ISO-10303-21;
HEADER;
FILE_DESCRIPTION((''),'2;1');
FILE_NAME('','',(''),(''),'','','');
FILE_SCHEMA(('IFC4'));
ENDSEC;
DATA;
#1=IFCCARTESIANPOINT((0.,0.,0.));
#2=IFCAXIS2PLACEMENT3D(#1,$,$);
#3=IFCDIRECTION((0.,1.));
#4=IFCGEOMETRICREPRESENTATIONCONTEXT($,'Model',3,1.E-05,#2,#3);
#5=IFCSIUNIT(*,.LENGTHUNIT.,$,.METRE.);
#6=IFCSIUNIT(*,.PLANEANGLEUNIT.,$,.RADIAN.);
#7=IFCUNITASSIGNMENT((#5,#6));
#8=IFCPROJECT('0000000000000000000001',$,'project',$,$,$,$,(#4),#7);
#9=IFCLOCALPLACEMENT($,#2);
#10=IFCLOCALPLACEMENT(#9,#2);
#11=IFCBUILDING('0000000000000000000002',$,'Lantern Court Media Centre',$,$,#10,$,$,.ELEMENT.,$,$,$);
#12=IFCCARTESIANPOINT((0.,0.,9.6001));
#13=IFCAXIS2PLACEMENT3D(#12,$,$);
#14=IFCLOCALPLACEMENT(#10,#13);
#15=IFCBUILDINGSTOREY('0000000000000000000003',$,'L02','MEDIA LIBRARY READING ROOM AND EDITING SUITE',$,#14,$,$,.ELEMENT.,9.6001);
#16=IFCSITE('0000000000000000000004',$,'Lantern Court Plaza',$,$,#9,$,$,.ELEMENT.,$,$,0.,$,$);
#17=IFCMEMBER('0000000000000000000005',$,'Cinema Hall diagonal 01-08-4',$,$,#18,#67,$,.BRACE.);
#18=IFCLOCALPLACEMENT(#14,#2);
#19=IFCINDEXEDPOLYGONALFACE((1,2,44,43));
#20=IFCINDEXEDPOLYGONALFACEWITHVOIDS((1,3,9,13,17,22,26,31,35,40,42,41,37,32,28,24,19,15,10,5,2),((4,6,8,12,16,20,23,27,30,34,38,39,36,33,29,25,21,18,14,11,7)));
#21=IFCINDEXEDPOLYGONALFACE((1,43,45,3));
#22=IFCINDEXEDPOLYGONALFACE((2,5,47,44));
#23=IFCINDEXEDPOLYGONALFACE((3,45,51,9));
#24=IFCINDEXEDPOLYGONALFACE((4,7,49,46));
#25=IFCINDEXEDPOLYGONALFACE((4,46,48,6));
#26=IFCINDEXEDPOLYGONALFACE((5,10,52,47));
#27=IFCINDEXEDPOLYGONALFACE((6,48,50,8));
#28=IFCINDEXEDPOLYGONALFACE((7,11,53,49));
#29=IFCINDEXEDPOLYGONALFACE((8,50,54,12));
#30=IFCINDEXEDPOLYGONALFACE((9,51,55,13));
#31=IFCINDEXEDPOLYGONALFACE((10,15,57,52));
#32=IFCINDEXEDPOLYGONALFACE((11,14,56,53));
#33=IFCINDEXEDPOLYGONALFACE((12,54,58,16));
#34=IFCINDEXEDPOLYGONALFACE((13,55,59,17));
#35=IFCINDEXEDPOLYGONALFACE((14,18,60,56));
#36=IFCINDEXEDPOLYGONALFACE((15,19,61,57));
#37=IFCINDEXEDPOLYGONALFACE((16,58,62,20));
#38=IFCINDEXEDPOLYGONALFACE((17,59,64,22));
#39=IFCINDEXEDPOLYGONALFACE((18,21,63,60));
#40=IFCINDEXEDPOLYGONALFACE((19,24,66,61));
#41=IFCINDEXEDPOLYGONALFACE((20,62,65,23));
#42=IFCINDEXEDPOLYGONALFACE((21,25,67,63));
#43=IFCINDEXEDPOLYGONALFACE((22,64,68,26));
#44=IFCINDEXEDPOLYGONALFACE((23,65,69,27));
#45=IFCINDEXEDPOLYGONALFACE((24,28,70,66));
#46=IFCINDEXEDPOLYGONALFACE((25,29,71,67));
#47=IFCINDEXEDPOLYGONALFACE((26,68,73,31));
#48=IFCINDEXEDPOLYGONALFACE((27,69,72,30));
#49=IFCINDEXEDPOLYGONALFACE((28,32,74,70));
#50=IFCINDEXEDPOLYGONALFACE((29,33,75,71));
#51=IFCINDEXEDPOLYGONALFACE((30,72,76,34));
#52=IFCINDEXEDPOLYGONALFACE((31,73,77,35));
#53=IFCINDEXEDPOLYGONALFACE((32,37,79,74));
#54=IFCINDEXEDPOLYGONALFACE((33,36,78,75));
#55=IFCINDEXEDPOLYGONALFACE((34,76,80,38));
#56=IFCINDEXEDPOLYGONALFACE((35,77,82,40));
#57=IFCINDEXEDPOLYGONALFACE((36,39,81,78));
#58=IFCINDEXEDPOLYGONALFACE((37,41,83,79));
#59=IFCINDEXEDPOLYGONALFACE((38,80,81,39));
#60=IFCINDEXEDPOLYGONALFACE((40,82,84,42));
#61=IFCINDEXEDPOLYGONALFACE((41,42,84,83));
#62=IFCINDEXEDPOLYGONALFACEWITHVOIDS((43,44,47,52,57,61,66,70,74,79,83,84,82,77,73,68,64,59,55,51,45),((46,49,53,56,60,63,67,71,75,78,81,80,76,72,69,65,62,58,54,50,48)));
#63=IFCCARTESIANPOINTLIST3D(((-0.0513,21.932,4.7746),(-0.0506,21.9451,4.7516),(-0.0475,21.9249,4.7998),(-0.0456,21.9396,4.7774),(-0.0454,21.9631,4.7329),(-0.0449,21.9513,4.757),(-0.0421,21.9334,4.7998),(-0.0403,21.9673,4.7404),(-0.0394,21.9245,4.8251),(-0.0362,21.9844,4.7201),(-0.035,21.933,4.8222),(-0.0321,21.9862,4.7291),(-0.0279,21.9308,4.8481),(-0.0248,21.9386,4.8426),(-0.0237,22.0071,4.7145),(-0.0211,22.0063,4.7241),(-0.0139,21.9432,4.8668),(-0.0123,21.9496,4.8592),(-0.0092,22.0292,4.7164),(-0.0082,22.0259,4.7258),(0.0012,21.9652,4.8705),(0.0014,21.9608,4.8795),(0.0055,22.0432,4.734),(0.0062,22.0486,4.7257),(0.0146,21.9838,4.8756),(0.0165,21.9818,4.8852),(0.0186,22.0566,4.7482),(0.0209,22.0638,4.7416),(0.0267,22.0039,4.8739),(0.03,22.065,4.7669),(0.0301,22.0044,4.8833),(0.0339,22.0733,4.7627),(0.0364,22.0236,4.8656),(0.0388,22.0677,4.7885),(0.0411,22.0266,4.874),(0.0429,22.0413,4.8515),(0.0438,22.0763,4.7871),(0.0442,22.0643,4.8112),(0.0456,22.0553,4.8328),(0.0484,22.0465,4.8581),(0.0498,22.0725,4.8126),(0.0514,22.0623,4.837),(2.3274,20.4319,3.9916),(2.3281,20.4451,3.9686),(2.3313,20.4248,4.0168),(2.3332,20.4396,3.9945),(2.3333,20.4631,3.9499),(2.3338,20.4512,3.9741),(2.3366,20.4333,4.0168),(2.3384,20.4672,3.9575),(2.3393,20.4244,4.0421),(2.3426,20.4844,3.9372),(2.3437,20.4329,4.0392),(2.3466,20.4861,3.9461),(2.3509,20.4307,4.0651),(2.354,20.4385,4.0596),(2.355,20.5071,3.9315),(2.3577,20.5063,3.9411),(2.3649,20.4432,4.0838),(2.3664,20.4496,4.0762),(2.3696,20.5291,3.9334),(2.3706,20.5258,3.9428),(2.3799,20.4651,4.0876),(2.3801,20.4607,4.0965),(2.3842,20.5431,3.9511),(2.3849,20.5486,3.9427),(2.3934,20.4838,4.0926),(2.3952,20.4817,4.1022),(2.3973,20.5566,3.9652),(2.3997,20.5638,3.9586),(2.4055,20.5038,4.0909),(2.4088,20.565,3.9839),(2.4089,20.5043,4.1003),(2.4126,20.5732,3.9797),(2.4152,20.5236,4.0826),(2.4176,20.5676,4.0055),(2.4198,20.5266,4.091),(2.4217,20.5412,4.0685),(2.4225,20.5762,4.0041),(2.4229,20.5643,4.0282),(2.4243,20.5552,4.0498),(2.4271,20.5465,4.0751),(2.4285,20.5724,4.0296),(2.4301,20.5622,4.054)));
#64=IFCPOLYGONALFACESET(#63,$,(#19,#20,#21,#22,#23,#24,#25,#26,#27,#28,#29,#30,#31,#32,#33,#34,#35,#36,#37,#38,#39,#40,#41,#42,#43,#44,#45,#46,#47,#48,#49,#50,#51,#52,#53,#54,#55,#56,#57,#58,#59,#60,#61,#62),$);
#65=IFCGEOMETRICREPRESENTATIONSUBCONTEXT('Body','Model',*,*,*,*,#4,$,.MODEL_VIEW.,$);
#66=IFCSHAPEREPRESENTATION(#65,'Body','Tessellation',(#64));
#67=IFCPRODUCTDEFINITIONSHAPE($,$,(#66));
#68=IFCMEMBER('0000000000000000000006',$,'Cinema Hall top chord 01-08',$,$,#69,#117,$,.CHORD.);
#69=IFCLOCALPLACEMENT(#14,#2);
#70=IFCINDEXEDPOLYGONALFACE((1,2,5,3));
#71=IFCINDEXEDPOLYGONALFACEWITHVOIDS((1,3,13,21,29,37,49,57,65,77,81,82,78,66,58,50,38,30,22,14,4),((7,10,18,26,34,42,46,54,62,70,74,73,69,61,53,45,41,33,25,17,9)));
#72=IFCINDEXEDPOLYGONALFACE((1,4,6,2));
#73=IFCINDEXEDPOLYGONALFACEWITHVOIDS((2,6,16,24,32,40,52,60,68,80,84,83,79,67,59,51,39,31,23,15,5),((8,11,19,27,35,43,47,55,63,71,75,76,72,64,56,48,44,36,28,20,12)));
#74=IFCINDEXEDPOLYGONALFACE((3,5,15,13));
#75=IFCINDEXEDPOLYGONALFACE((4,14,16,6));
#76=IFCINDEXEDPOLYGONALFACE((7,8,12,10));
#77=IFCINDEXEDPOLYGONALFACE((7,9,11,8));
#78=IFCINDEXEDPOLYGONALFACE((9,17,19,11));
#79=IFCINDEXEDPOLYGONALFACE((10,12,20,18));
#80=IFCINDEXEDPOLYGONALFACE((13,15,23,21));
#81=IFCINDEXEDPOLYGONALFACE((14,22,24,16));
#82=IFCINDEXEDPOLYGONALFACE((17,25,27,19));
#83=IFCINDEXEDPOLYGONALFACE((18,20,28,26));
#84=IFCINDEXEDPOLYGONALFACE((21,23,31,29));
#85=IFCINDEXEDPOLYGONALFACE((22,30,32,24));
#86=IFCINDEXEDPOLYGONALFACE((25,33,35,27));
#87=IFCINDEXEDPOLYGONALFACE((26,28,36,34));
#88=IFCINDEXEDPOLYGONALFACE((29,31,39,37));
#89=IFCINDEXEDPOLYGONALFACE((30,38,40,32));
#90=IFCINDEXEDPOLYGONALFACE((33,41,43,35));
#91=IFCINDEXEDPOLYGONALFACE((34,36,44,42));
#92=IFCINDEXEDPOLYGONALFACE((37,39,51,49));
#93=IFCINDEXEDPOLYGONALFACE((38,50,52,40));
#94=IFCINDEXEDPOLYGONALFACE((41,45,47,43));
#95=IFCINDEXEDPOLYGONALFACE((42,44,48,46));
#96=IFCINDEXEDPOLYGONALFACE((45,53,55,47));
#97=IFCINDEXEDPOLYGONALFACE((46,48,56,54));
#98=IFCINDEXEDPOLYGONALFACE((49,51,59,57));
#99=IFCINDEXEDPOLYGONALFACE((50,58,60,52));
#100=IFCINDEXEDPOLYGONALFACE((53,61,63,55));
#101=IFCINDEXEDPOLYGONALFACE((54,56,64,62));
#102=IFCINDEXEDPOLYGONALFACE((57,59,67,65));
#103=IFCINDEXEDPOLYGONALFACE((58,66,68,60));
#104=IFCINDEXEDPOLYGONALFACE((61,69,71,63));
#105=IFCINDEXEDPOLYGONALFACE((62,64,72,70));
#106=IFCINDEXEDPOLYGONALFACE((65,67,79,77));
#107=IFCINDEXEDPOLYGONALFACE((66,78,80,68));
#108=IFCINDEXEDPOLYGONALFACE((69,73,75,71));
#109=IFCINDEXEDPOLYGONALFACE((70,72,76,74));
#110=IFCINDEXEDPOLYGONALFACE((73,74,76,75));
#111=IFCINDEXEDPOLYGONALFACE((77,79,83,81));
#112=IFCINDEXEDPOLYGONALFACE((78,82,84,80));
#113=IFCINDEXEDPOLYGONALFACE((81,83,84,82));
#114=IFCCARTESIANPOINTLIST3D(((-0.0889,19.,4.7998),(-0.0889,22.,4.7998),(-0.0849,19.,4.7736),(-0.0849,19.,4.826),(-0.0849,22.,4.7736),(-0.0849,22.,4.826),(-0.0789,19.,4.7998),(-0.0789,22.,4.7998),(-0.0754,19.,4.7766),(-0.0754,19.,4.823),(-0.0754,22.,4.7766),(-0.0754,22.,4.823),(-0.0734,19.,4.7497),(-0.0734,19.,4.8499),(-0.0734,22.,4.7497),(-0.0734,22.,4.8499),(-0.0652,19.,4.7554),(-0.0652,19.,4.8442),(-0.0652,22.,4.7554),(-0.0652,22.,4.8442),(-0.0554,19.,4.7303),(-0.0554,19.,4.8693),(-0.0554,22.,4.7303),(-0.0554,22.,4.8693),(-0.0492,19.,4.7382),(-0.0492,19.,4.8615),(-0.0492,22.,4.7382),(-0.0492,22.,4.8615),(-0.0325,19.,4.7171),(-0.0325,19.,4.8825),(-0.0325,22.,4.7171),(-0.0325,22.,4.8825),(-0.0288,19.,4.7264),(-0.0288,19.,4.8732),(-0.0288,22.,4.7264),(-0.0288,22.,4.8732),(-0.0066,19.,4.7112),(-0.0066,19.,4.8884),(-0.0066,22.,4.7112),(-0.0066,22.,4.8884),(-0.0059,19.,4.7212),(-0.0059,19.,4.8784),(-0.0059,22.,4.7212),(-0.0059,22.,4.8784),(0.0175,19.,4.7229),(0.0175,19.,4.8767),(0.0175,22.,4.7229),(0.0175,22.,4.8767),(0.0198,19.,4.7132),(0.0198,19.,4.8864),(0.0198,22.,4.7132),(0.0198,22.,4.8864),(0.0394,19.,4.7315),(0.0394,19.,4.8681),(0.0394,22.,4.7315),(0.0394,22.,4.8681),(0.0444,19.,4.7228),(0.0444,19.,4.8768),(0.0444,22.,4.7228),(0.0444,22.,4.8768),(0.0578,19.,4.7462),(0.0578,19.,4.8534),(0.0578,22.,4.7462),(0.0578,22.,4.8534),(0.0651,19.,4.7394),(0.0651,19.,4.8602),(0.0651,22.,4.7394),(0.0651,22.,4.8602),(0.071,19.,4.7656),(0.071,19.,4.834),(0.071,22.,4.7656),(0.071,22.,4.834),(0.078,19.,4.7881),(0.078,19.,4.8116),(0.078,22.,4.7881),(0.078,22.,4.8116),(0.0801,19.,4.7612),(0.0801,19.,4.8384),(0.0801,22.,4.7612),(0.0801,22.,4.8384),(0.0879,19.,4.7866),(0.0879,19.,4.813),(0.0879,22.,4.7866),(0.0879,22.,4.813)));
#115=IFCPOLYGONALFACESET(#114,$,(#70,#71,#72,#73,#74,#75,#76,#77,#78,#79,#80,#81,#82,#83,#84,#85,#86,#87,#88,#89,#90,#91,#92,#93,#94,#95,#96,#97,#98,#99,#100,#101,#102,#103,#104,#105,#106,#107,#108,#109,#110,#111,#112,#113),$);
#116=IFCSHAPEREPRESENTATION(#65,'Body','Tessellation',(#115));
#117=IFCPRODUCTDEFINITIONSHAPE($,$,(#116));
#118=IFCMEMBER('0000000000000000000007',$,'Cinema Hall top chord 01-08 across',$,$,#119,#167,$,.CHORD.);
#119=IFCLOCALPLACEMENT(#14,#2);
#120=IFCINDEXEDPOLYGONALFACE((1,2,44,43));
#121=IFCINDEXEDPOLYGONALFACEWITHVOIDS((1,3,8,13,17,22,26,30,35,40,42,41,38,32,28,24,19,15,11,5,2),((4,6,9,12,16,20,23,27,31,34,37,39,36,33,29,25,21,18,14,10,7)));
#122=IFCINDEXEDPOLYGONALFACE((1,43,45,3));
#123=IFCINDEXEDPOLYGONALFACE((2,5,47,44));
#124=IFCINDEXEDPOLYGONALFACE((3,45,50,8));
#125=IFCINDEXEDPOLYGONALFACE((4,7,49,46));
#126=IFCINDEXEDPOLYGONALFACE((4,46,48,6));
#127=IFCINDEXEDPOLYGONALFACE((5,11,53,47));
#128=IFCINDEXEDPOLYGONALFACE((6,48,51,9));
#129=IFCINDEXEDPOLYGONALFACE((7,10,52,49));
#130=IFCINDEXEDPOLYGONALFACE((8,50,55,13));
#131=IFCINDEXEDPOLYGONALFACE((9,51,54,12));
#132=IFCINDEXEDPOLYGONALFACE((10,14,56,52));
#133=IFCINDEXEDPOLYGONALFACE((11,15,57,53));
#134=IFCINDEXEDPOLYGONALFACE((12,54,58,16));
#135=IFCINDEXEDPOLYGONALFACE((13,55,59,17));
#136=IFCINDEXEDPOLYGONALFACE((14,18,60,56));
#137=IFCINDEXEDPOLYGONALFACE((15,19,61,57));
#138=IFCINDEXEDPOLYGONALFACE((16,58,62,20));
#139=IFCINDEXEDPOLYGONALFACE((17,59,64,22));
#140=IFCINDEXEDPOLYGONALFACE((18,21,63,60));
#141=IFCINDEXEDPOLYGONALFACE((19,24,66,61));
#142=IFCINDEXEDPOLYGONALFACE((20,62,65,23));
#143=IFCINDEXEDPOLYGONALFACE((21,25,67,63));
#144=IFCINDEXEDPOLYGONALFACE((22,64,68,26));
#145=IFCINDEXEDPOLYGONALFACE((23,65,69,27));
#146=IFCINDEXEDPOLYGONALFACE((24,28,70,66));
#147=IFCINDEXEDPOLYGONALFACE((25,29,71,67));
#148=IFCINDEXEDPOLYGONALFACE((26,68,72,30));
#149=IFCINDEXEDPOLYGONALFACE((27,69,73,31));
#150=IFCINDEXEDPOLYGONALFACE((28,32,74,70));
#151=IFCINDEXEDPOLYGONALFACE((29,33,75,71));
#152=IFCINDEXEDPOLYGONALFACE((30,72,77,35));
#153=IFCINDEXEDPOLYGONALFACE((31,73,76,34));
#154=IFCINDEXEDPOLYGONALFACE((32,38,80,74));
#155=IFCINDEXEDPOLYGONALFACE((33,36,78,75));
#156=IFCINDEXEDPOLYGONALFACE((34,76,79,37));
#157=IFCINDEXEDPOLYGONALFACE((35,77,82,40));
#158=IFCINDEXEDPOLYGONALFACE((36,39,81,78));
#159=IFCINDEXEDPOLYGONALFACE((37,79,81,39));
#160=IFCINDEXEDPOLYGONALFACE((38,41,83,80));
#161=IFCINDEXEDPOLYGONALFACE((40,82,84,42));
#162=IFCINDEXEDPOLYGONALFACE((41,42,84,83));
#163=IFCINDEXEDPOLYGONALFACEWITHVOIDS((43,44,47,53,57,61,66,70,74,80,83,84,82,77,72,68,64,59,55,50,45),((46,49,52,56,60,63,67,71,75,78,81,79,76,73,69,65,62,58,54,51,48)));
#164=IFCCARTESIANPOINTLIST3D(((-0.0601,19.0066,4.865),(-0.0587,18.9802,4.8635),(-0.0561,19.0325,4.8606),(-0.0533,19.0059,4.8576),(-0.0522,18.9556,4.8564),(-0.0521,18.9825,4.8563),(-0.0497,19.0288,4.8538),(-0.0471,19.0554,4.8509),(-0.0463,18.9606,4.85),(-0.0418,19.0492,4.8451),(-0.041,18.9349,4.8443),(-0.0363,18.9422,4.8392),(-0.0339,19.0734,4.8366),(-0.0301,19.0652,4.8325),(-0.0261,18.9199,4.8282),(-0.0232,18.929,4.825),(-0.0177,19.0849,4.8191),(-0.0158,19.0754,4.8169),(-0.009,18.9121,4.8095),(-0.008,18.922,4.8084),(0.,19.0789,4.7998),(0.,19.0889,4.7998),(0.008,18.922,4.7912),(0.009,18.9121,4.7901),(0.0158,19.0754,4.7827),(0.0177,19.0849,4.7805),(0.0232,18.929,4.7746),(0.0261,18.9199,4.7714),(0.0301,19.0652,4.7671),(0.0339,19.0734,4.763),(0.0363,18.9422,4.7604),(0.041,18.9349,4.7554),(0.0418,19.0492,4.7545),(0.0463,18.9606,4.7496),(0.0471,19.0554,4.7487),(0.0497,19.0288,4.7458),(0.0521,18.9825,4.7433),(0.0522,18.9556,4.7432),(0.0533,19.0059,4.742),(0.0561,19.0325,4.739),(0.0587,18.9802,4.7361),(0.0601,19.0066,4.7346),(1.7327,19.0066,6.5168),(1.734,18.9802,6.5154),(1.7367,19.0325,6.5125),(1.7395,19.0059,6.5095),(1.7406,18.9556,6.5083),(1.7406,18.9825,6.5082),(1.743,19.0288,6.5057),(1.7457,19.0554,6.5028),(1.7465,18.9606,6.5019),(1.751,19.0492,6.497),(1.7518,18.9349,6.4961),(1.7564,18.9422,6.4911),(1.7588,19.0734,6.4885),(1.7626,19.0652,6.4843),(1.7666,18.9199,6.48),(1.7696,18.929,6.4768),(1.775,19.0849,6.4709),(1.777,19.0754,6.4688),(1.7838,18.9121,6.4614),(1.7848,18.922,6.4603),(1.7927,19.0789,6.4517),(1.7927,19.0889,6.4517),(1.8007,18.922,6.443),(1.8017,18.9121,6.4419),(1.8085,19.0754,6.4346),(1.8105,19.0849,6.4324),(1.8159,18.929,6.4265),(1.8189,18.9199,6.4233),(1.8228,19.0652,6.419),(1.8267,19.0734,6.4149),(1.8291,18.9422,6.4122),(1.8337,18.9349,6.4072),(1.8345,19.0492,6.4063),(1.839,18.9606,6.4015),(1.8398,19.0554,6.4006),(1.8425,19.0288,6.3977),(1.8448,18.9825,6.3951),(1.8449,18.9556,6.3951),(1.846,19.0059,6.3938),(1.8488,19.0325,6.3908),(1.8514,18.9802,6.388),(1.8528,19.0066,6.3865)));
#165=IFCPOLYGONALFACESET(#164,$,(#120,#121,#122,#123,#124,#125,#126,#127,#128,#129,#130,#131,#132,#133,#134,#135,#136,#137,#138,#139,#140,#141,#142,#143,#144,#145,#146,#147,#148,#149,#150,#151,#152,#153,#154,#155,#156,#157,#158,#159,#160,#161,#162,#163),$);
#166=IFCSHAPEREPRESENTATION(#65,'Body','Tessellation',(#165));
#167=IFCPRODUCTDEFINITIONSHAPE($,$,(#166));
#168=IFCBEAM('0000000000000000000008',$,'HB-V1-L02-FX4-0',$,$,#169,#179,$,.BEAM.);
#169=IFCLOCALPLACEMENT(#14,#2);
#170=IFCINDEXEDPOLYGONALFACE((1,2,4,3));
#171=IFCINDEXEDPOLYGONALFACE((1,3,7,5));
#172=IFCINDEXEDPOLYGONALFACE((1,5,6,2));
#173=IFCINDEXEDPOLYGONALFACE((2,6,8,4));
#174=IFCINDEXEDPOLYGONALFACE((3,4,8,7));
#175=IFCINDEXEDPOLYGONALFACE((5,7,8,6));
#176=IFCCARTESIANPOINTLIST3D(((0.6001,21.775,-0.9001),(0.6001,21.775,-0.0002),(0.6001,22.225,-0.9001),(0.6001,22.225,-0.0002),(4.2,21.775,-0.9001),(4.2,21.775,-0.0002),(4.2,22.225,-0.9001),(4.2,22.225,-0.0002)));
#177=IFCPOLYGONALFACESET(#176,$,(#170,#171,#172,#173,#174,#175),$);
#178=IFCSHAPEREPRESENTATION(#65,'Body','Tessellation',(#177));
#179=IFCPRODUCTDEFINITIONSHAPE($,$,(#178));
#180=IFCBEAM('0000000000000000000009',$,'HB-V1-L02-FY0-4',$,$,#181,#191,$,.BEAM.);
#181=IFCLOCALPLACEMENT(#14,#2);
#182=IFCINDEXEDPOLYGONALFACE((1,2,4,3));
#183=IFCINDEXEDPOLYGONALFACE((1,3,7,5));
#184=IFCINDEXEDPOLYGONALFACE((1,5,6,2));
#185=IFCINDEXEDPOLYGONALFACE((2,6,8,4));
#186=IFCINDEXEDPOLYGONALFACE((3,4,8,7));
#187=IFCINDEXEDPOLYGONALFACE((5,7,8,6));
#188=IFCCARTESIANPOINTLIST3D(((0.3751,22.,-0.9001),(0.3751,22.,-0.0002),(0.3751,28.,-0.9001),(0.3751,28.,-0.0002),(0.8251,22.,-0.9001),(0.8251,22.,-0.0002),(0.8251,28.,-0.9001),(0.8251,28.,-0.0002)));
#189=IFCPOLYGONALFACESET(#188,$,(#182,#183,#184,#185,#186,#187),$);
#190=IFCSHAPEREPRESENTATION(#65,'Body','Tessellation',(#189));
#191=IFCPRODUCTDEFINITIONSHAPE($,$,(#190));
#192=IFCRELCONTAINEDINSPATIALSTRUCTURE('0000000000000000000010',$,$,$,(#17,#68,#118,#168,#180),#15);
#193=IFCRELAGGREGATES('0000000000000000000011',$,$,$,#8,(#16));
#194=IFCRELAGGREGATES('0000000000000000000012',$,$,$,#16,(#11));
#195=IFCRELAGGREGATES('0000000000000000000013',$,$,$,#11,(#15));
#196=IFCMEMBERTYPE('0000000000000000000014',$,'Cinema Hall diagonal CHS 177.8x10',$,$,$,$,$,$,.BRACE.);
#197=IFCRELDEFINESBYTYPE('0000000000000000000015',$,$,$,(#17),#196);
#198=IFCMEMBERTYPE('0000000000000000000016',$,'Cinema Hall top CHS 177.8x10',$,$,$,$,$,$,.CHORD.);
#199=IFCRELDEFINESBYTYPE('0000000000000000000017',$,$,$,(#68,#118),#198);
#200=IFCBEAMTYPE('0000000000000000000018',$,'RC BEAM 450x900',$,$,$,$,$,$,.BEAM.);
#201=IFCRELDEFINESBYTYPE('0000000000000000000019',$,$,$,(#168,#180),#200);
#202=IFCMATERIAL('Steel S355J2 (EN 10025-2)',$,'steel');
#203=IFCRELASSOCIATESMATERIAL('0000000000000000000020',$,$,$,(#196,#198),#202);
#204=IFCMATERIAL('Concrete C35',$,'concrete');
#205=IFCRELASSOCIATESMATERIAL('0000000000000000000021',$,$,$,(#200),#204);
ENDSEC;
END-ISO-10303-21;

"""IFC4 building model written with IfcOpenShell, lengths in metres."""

from ifc_helpers import new_model, si_unit, direction, frame, origin, origin_2d, place, context, subcontext, project, spatial, rectangle, hollow_circle, extrude, material, material_profile, profile_set, type_object, element, save


model = new_model("IFC4")

# Units and contexts
model_context = context("Model", 3, precision=1e-05, world=origin(), true_north=direction((0.0, 1.0)))
body_context = subcontext(model_context, "Body", "Model", "MODEL_VIEW")
ifc_project = project(units=[si_unit("LENGTHUNIT", "METRE"), si_unit("PLANEANGLEUNIT", "RADIAN")], contexts=[model_context])

# Site, building, storey
site_placement = place(None, origin())
site = spatial("IfcSite", under=ifc_project, at=site_placement, Name="Lantern Court Plaza", CompositionType="ELEMENT", RefElevation=0.0)
building_placement = place(site_placement, origin())
building = spatial("IfcBuilding", under=site, at=building_placement, Name="Lantern Court Media Centre", CompositionType="ELEMENT")
storey_placement = place(building_placement, frame((0.0, 0.0, 9.6001)))
storey = spatial("IfcBuildingStorey", under=building, at=storey_placement, Name="L02", Description="MEDIA LIBRARY READING ROOM AND EDITING SUITE", CompositionType="ELEMENT", Elevation=9.6001)

# Shared definitions
ifc_material_1 = material(Name="Steel S355J2 (EN 10025-2)", Category="steel")
ifc_material_2 = material(Name="Concrete C35", Category="concrete")

# Members
ifc_material_profile_1 = material_profile(ifc_material_1, hollow_circle(Radius=0.0889, WallThickness=0.01, at=origin_2d()), Name="Cinema Hall diagonal CHS 177.8x10")
ifc_profile_set_1 = profile_set([ifc_material_profile_1], Name="Steel S355J2 (EN 10025-2)")
member_type_1 = type_object("IfcMemberType", Name="Cinema Hall diagonal CHS 177.8x10", PredefinedType="BRACE", material=ifc_profile_set_1)
for number, where, z_axis, x_axis, name in (
    (1, (2.3787, 20.5, 4.0168), (-0.814866, 0.51386, 0.268221), (-0.533405, -0.84586, 0.0), "Cinema Hall diagonal 01-08-4"),
):
    element("IfcMember", number, at=place(storey_placement, frame(where, z_axis=z_axis, x_axis=x_axis)), inside=storey, type_object=member_type_1, Name=name, PredefinedType="BRACE", context=body_context, shape_type="SweptSolid", body=[
        extrude(hollow_circle(Radius=0.0889, WallThickness=0.01, at=origin_2d()), origin(), (0.0, 0.0, 1.0), 2.9192),
    ])
ifc_material_profile_2 = material_profile(ifc_material_1, hollow_circle(Radius=0.0889, WallThickness=0.01, at=origin_2d()), Name="Cinema Hall top CHS 177.8x10")
ifc_profile_set_2 = profile_set([ifc_material_profile_2], Name="Steel S355J2 (EN 10025-2)")
member_type_2 = type_object("IfcMemberType", Name="Cinema Hall top CHS 177.8x10", PredefinedType="CHORD", material=ifc_profile_set_2)
member_1_placement = place(storey_placement, frame((0.0, 19.0, 4.7998), z_axis=(0.0, 1.0, 0.0), x_axis=(-1.0, 0.0, 0.0)))
element("IfcMember", 2, at=member_1_placement, inside=storey, type_object=member_type_2, Name="Cinema Hall top chord 01-08", PredefinedType="CHORD", context=body_context, shape_type="SweptSolid", body=[
    extrude(hollow_circle(Radius=0.0889, WallThickness=0.01, at=origin_2d()), origin(), (0.0, 0.0, 1.0), 3.0),
])
member_2_placement = place(storey_placement, frame((0.0, 19.0, 4.7998), z_axis=(0.73541, 0.0, 0.677623), x_axis=(0.0, 1.0, 0.0)))
element("IfcMember", 3, at=member_2_placement, inside=storey, type_object=member_type_2, Name="Cinema Hall top chord 01-08 across", PredefinedType="CHORD", context=body_context, shape_type="SweptSolid", body=[
    extrude(hollow_circle(Radius=0.0889, WallThickness=0.01, at=origin_2d()), origin(), (0.0, 0.0, 1.0), 2.4377),
])

# Beams
ifc_material_profile_3 = material_profile(ifc_material_2, rectangle(XDim=0.45, YDim=0.8999, at=origin_2d()), Name="RC 450x900")
ifc_profile_set_3 = profile_set([ifc_material_profile_3], Name="Concrete C35")
beam_type = type_object("IfcBeamType", Name="RC BEAM 450x900", PredefinedType="BEAM", material=ifc_profile_set_3)
beam_1_placement = place(storey_placement, frame((0.6001, 22.0, -0.4502), z_axis=(1.0, 0.0, 0.0), x_axis=(0.0, 1.0, 0.0)))
element("IfcBeam", 4, at=beam_1_placement, inside=storey, type_object=beam_type, Name="HB-V1-L02-FX4-0", PredefinedType="BEAM", context=body_context, shape_type="SweptSolid", body=[
    extrude(rectangle(XDim=0.45, YDim=0.8999, at=origin_2d()), origin(), (0.0, 0.0, 1.0), 3.5999),
])
beam_2_placement = place(storey_placement, frame((0.6001, 22.0, -0.4502), z_axis=(0.0, 1.0, 0.0), x_axis=(-1.0, 0.0, 0.0)))
element("IfcBeam", 5, at=beam_2_placement, inside=storey, type_object=beam_type, Name="HB-V1-L02-FY0-4", PredefinedType="BEAM", context=body_context, shape_type="SweptSolid", body=[
    extrude(rectangle(XDim=0.45, YDim=0.8999, at=origin_2d()), origin(), (0.0, 0.0, 1.0), 6.0),
])

save(model, "model.ifc")
